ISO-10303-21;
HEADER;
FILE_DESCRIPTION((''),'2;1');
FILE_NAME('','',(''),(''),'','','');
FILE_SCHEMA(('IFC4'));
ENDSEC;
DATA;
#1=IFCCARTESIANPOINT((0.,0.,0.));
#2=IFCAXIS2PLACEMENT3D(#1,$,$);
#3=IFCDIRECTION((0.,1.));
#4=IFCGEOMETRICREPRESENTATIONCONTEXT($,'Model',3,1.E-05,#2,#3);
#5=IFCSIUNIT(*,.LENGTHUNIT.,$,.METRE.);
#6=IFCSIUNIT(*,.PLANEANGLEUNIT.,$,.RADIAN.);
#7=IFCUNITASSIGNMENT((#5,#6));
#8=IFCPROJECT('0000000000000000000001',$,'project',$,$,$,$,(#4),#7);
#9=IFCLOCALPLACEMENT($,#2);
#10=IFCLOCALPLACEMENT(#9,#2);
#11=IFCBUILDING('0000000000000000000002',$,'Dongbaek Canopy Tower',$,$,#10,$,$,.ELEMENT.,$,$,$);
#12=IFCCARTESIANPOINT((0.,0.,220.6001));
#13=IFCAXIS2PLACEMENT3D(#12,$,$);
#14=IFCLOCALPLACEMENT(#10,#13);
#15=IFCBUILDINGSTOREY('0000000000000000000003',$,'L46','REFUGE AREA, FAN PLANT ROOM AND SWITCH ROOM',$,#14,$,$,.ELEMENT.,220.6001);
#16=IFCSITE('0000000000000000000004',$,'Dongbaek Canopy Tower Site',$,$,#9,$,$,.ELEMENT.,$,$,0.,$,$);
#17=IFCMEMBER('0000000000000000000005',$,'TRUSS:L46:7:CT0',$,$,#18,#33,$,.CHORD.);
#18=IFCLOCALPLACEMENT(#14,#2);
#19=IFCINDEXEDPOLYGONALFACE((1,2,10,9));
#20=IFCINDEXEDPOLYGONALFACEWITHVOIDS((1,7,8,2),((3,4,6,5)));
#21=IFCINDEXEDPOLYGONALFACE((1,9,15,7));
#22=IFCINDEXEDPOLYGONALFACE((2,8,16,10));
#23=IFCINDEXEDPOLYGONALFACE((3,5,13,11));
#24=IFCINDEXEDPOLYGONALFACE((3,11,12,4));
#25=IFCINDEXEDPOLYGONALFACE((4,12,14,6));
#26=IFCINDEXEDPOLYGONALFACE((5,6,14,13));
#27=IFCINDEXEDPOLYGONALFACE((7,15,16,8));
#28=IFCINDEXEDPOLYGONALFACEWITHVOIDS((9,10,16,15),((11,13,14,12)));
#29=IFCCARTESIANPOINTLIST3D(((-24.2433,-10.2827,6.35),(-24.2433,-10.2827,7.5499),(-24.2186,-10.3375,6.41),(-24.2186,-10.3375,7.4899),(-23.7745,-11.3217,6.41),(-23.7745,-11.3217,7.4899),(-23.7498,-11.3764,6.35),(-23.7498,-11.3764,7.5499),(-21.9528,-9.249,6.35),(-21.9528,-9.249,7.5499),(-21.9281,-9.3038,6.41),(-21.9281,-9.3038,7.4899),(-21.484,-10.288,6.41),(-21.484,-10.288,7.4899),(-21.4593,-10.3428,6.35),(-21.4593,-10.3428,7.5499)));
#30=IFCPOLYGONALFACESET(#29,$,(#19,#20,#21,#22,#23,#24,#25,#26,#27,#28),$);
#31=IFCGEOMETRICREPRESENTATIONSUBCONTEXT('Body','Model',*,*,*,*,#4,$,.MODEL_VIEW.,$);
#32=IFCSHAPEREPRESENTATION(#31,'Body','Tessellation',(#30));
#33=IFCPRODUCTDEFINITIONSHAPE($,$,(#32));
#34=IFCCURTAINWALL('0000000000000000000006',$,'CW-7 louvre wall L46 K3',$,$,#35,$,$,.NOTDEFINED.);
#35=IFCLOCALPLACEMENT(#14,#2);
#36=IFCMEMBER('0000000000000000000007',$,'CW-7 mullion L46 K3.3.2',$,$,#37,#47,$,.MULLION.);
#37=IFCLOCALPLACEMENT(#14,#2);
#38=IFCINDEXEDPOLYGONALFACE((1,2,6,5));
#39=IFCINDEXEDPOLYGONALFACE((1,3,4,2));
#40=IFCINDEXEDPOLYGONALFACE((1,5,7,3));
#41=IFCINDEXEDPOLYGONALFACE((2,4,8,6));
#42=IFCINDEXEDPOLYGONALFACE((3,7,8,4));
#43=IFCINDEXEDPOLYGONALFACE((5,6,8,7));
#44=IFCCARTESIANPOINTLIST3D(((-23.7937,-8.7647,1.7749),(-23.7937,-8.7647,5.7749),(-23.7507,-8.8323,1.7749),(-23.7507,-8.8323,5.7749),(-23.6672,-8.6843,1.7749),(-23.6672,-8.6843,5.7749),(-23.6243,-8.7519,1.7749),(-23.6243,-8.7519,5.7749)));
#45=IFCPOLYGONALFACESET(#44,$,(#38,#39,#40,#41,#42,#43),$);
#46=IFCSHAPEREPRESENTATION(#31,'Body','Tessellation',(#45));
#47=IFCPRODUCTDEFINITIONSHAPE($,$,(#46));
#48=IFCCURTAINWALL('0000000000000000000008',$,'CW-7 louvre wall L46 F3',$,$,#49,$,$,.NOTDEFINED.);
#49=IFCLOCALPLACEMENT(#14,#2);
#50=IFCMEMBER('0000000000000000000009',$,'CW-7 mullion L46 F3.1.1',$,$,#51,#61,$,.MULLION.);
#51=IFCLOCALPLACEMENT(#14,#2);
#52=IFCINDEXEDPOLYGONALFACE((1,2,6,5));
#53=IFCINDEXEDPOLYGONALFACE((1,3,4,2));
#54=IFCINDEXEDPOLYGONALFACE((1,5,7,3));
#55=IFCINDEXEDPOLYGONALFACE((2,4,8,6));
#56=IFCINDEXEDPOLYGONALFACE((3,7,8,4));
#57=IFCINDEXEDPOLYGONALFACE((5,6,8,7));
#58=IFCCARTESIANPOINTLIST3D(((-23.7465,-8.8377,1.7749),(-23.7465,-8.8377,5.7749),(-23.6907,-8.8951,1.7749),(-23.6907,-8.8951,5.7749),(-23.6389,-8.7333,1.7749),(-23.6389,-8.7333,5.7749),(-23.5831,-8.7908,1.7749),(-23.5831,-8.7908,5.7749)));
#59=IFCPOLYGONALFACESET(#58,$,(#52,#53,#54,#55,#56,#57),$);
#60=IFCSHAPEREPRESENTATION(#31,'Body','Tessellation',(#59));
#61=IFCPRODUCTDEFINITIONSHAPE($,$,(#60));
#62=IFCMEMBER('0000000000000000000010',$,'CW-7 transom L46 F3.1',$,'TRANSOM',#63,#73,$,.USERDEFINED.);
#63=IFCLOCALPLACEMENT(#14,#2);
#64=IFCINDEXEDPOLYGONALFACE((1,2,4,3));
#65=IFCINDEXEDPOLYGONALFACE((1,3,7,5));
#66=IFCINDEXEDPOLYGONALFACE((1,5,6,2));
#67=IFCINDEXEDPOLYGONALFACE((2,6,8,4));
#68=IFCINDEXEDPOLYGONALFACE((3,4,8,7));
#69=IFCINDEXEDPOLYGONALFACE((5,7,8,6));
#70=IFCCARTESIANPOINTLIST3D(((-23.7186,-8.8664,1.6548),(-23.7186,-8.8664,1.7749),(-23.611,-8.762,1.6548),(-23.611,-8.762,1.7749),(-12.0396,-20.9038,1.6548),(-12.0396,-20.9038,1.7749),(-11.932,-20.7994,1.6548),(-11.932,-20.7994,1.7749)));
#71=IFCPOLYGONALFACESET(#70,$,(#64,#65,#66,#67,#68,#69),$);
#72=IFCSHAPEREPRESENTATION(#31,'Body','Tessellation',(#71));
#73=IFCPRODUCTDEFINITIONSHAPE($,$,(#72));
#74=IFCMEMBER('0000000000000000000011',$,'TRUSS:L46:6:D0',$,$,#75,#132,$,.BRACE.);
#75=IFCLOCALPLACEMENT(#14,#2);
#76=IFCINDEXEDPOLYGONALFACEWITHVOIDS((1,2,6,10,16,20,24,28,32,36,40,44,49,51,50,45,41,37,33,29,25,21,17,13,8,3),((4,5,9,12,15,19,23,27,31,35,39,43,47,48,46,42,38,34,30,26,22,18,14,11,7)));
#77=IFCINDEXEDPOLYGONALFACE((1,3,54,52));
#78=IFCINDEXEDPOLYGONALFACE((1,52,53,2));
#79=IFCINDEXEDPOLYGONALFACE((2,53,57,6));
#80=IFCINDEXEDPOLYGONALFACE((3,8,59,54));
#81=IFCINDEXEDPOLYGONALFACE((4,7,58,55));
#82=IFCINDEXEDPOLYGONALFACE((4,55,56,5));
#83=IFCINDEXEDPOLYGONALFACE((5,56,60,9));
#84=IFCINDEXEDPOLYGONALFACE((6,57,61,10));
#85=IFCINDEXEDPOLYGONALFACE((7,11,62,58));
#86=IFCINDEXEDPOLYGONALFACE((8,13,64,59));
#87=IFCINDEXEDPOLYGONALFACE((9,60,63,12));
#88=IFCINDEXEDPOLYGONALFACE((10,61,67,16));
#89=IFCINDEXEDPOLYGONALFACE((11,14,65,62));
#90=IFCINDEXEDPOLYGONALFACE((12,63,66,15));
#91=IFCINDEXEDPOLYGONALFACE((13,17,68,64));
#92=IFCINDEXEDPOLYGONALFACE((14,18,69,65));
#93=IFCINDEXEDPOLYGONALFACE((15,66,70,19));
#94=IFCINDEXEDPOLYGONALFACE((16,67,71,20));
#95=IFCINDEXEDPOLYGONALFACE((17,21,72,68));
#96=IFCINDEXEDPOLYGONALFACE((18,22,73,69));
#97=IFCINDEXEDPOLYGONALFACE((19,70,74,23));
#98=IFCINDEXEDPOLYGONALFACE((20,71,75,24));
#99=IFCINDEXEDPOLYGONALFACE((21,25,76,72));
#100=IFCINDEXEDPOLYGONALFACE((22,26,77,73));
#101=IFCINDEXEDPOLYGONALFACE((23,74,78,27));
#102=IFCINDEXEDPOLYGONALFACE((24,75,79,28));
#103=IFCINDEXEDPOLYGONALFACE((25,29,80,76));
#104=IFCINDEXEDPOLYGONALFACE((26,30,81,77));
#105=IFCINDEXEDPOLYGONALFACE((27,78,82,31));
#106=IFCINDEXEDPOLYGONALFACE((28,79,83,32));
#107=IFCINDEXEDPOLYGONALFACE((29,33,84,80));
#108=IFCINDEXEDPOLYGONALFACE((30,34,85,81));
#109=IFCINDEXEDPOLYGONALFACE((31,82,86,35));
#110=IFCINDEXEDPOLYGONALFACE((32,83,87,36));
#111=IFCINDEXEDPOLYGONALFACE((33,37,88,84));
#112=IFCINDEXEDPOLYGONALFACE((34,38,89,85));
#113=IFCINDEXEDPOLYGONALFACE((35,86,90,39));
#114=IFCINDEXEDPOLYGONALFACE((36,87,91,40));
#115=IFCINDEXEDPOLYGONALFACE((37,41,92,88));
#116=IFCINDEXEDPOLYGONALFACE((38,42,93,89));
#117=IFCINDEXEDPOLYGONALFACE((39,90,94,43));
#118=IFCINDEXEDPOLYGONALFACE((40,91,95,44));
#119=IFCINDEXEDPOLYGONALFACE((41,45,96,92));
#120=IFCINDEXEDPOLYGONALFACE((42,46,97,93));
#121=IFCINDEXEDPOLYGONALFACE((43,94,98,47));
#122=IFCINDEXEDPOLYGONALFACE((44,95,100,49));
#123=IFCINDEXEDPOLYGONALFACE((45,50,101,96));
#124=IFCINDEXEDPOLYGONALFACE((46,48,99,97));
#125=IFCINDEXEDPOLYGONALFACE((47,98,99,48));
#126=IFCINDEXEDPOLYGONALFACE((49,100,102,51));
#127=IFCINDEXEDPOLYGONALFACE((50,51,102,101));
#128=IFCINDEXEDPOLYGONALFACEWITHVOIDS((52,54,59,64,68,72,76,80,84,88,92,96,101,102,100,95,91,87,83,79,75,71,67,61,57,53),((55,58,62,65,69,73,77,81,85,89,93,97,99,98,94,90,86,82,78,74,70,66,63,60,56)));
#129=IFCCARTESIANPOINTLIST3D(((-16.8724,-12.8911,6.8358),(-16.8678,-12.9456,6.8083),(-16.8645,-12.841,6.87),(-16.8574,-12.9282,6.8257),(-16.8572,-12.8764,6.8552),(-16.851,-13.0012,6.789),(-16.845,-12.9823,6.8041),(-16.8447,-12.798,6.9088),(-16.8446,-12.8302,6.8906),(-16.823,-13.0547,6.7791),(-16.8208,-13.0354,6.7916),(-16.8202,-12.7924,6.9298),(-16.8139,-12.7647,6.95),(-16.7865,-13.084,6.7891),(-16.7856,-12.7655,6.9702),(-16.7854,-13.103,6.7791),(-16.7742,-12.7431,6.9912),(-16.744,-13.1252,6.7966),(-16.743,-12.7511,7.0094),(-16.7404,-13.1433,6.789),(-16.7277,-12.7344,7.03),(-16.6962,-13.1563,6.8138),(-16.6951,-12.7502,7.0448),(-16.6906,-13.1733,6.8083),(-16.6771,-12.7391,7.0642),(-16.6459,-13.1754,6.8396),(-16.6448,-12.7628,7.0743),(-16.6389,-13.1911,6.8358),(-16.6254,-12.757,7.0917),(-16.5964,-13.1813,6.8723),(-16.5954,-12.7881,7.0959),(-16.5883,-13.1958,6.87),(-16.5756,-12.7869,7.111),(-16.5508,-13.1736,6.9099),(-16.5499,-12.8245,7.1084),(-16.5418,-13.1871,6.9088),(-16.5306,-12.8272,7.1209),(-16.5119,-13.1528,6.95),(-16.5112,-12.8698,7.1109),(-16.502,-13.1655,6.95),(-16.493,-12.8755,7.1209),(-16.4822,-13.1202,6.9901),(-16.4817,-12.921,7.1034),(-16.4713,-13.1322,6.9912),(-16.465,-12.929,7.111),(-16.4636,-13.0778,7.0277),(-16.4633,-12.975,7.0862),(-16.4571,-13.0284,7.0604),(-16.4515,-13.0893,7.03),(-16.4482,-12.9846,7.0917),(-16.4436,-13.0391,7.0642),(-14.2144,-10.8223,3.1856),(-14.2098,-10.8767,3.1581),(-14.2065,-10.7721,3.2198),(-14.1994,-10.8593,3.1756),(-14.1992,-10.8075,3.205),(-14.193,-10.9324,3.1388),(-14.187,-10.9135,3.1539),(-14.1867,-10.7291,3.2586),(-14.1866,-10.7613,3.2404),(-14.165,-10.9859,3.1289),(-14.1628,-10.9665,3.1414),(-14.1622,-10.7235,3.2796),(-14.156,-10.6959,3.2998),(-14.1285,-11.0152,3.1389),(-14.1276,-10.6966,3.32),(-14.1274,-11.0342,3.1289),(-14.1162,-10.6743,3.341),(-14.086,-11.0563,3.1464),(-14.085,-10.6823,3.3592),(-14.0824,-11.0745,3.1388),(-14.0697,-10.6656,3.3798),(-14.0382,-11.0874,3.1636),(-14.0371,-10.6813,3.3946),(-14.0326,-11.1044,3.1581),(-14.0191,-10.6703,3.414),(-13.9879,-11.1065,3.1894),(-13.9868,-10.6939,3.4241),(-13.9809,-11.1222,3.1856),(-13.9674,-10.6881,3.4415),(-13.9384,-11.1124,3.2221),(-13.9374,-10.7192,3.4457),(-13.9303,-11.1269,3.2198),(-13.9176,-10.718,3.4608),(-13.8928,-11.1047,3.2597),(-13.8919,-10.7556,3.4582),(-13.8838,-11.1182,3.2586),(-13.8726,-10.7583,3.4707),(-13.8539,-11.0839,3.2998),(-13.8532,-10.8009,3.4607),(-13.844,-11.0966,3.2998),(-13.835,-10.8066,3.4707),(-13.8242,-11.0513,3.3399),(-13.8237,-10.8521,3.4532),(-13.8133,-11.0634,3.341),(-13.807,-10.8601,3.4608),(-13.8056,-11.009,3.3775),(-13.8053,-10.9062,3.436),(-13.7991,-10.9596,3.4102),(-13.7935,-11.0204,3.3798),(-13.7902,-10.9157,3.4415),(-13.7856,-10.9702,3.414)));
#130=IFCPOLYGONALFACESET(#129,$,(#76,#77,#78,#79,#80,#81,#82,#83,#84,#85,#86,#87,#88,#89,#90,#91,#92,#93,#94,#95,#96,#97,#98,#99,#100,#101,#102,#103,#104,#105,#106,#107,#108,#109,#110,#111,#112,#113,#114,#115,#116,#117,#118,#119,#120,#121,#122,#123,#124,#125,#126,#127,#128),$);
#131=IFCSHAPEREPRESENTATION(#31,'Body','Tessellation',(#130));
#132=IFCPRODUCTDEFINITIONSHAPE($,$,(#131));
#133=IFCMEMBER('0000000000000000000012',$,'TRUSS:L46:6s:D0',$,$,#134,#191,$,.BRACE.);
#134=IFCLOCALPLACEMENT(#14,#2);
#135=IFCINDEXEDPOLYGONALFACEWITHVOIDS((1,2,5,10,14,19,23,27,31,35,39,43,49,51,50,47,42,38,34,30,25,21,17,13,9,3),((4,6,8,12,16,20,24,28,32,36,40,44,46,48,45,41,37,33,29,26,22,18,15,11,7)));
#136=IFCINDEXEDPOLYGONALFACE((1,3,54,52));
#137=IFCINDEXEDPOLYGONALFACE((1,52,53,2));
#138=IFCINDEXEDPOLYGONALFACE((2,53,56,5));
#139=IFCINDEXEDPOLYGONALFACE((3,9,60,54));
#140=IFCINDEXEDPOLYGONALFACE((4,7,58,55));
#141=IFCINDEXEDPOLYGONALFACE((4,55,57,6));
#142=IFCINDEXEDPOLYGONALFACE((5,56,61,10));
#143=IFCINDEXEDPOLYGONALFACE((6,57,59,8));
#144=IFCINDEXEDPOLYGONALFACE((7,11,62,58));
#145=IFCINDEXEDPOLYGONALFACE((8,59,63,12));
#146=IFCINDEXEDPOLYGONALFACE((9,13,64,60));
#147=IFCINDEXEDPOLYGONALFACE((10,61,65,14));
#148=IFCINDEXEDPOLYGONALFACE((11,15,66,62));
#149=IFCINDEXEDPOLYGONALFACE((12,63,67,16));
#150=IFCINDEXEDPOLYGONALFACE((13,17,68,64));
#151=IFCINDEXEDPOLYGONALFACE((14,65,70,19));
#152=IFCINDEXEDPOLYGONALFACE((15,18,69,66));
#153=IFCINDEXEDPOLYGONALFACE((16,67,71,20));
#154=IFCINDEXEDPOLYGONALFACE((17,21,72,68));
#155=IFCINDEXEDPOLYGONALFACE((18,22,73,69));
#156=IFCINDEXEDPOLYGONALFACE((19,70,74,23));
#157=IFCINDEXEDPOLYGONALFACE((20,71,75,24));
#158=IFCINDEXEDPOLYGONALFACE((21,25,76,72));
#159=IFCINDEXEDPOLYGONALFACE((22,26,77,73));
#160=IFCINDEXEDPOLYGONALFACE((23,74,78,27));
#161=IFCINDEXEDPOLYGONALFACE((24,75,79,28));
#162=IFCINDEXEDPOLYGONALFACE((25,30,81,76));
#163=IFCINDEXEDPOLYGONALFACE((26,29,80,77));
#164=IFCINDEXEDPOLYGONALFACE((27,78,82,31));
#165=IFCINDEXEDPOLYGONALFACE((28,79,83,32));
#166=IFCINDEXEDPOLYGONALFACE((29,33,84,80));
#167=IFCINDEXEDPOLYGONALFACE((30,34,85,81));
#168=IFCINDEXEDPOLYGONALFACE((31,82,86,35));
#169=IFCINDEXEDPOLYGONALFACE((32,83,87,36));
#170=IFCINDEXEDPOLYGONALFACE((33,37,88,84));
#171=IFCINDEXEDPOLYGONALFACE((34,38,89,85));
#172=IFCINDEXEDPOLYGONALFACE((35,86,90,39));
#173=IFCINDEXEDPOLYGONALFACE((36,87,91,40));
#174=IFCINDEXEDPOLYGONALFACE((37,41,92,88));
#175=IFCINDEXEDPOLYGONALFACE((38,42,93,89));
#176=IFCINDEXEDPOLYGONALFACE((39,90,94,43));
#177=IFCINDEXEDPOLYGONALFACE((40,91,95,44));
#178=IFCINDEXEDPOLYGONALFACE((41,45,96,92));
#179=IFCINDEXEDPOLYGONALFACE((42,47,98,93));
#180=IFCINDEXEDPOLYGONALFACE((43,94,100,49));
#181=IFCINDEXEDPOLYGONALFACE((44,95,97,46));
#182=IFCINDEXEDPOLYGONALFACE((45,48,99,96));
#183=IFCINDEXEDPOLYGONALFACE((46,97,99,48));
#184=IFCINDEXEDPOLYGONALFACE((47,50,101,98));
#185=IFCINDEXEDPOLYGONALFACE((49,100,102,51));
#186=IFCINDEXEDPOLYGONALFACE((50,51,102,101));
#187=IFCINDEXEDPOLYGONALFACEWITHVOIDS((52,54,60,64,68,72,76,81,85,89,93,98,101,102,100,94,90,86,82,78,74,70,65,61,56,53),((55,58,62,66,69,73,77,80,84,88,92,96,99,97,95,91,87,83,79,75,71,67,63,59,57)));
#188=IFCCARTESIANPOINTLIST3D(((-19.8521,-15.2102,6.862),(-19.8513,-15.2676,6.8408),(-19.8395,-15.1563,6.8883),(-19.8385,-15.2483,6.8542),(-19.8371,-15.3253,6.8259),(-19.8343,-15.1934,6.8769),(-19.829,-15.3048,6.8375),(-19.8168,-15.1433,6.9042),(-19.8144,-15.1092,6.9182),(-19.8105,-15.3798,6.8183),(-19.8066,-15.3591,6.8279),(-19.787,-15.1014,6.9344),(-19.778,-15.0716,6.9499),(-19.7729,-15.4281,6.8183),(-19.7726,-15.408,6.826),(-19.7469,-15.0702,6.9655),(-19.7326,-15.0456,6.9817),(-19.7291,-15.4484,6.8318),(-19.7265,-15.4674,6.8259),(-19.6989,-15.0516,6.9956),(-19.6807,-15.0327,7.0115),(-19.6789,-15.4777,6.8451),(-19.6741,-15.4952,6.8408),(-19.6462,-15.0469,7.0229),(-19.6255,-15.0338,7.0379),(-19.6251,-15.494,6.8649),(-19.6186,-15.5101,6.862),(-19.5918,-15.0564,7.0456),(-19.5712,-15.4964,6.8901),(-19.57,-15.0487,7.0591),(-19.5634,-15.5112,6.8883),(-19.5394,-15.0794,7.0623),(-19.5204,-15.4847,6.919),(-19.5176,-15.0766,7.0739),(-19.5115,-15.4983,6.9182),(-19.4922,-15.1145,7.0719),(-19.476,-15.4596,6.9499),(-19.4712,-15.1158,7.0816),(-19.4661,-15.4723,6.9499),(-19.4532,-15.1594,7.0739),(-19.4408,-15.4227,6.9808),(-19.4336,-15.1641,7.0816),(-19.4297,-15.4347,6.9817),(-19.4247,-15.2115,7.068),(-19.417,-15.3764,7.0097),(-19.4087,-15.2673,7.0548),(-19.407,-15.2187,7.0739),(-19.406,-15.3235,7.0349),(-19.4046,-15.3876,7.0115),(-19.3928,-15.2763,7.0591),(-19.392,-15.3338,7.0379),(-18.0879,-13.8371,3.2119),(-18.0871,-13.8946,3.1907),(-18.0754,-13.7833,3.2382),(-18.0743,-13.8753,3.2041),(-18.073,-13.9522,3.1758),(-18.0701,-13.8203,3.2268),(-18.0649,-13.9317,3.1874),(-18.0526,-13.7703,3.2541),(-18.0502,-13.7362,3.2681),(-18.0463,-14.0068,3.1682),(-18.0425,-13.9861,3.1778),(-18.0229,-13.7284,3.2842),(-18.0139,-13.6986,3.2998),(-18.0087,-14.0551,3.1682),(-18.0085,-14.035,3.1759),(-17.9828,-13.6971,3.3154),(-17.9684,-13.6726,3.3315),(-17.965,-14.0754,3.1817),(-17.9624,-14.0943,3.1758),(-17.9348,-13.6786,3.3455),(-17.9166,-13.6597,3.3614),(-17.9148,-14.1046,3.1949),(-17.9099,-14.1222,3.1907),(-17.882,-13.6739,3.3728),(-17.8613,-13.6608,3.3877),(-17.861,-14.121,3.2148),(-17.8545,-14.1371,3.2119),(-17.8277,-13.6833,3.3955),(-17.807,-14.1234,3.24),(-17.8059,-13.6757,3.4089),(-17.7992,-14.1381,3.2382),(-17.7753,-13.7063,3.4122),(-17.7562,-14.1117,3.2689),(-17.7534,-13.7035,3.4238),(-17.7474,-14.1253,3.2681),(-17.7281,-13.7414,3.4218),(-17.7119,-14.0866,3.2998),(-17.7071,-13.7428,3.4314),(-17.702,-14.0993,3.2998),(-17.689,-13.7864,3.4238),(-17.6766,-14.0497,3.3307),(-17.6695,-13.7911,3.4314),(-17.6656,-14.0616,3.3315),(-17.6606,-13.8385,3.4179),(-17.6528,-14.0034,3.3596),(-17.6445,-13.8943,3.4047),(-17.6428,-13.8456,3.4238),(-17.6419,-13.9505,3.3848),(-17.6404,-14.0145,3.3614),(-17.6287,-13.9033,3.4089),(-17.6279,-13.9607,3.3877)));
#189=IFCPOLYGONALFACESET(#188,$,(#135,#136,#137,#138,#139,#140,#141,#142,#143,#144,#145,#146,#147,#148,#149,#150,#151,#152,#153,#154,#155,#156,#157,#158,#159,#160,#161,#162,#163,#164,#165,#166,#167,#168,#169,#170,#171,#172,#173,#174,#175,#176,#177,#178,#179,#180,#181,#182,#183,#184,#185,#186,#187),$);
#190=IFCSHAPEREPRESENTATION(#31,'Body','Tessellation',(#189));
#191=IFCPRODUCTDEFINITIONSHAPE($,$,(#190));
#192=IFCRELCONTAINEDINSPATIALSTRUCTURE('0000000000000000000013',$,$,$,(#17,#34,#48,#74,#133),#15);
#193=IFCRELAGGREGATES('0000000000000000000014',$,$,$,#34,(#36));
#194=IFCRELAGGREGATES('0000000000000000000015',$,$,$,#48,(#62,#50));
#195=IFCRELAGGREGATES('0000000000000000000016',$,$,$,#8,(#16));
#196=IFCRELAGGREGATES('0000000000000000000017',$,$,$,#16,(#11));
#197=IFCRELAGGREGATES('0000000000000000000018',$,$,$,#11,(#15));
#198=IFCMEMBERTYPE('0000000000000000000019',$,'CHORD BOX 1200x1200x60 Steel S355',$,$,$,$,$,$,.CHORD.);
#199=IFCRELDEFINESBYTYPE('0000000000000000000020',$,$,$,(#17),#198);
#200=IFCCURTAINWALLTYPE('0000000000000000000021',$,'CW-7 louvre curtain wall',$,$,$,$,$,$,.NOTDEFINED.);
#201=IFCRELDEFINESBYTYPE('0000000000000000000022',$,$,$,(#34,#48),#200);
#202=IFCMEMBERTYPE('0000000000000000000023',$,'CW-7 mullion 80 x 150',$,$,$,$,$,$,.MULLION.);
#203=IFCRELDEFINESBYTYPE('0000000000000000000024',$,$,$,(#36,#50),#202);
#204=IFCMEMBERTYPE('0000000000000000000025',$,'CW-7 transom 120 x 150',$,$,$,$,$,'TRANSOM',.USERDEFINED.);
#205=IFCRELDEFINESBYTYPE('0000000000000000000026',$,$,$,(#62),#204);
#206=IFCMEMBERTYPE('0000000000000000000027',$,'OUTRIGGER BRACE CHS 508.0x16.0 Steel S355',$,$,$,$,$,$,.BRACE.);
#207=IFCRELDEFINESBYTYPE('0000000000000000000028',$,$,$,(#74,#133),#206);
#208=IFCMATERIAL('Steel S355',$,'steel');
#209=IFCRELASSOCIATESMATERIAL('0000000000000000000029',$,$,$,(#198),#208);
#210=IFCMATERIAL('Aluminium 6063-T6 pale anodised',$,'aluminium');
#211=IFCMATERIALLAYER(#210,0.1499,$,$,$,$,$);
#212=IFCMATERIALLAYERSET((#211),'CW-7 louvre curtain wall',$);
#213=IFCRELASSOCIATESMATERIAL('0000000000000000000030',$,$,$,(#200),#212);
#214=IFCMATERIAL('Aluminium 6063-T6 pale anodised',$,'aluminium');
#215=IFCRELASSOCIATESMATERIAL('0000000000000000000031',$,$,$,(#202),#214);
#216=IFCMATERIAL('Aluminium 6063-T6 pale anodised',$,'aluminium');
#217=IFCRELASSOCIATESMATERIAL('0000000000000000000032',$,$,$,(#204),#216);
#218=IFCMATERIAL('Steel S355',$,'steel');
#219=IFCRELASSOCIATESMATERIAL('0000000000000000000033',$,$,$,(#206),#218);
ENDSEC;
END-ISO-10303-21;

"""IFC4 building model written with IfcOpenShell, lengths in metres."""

from ifc_helpers import new_model, si_unit, direction, frame, origin, origin_2d, place, context, subcontext, project, spatial, rectangle, hollow_rectangle, hollow_circle, extrude, material, layer, layer_set, material_profile, profile_set, type_object, element, aggregate, save


model = new_model("IFC4")

# Units and contexts
model_context = context("Model", 3, precision=1e-05, world=origin(), true_north=direction((0.0, 1.0)))
body_context = subcontext(model_context, "Body", "Model", "MODEL_VIEW")
ifc_project = project(units=[si_unit("LENGTHUNIT", "METRE"), si_unit("PLANEANGLEUNIT", "RADIAN")], contexts=[model_context])

# Site, building, storey
site_placement = place(None, origin())
site = spatial("IfcSite", under=ifc_project, at=site_placement, Name="Dongbaek Canopy Tower Site", CompositionType="ELEMENT", RefElevation=0.0)
building_placement = place(site_placement, origin())
building = spatial("IfcBuilding", under=site, at=building_placement, Name="Dongbaek Canopy Tower", CompositionType="ELEMENT")
storey_placement = place(building_placement, frame((0.0, 0.0, 220.6001)))
storey = spatial("IfcBuildingStorey", under=building, at=storey_placement, Name="L46", Description="REFUGE AREA, FAN PLANT ROOM AND SWITCH ROOM", CompositionType="ELEMENT", Elevation=220.6001)

# Member
ifc_material_1 = material(Name="Steel S355", Category="steel")
ifc_material_profile_1 = material_profile(ifc_material_1, hollow_rectangle(XDim=1.2, YDim=1.2, WallThickness=0.0601, at=origin_2d()), Name="CHORD BOX 1200x1200x60 Steel S355")
ifc_profile_set_1 = profile_set([ifc_material_profile_1], Name="Steel S355")
member_type_1 = type_object("IfcMemberType", Name="CHORD BOX 1200x1200x60 Steel S355", PredefinedType="CHORD", material=ifc_profile_set_1)
for number, where, z_axis, x_axis, name in (
    (1, (-21.7061, -9.7959, 6.95), (-0.911481, -0.411342, 0.0), (0.411342, -0.911481, 0.0), "TRUSS:L46:7:CT0"),
):
    element("IfcMember", number, at=place(storey_placement, frame(where, z_axis=z_axis, x_axis=x_axis)), inside=storey, type_object=member_type_1, Name=name, PredefinedType="CHORD", context=body_context, shape_type="SweptSolid", body=[
        extrude(hollow_rectangle(XDim=1.2, YDim=1.2, WallThickness=0.0601, at=origin_2d()), origin(), (0.0, 0.0, 1.0), 2.5129),
    ])

# Curtain wall, member
ifc_material_2 = material(Name="Aluminium 6063-T6 pale anodised", Category="aluminium")
ifc_layer_1 = layer(ifc_material_2, 0.1499)
ifc_layer_set_1 = layer_set([ifc_layer_1], Name="CW-7 louvre curtain wall")
curtain_wall_type = type_object("IfcCurtainWallType", Name="CW-7 louvre curtain wall", PredefinedType="NOTDEFINED", material=ifc_layer_set_1)
curtain_wall_1_placement = place(storey_placement, origin())
curtain_wall_1 = element("IfcCurtainWall", 2, at=curtain_wall_1_placement, inside=storey, type_object=curtain_wall_type, Name="CW-7 louvre wall L46 K3", PredefinedType="NOTDEFINED")
ifc_material_3 = material(Name="Aluminium 6063-T6 pale anodised", Category="aluminium")
ifc_material_profile_2 = material_profile(ifc_material_3, rectangle(XDim=0.1499, YDim=0.0801, at=origin_2d()), Name="CW-7 mullion 80 x 150")
ifc_profile_set_2 = profile_set([ifc_material_profile_2], Name="Aluminium 6063-T6 pale anodised")
member_type_2 = type_object("IfcMemberType", Name="CW-7 mullion 80 x 150", PredefinedType="MULLION", material=ifc_profile_set_2)
member_1_placement = place(storey_placement, frame((-23.709, -8.7583, 1.7749), z_axis=(0.0, 0.0, 1.0), x_axis=(-0.843744, -0.536746, 0.0)))
member_1 = element("IfcMember", 3, at=member_1_placement, type_object=member_type_2, Name="CW-7 mullion L46 K3.3.2", PredefinedType="MULLION", context=body_context, shape_type="SweptSolid", body=[
    extrude(rectangle(XDim=0.1499, YDim=0.0801, at=origin_2d()), origin(), (0.0, 0.0, 1.0), 4.0),
])
aggregate(curtain_wall_1, [member_1])

# Curtain wall, members
curtain_wall_2_placement = place(storey_placement, origin())
curtain_wall_2 = element("IfcCurtainWall", 4, at=curtain_wall_2_placement, inside=storey, type_object=curtain_wall_type, Name="CW-7 louvre wall L46 F3", PredefinedType="NOTDEFINED")
member_2_placement = place(storey_placement, frame((-23.6648, -8.8142, 1.7749), z_axis=(0.0, 0.0, 1.0), x_axis=(-0.717708, -0.696344, 0.0)))
member_2 = element("IfcMember", 5, at=member_2_placement, type_object=member_type_2, Name="CW-7 mullion L46 F3.1.1", PredefinedType="MULLION", context=body_context, shape_type="SweptSolid", body=[
    extrude(rectangle(XDim=0.1499, YDim=0.0801, at=origin_2d()), origin(), (0.0, 0.0, 1.0), 4.0),
])
ifc_material_4 = material(Name="Aluminium 6063-T6 pale anodised", Category="aluminium")
ifc_material_profile_3 = material_profile(ifc_material_4, rectangle(XDim=0.1499, YDim=0.1201, at=origin_2d()), Name="CW-7 transom 120 x 150")
ifc_profile_set_3 = profile_set([ifc_material_profile_3], Name="Aluminium 6063-T6 pale anodised")
member_type_3 = type_object("IfcMemberType", Name="CW-7 transom 120 x 150", ElementType="TRANSOM", PredefinedType="USERDEFINED", material=ifc_profile_set_3)
member_3_placement = place(storey_placement, frame((-23.6648, -8.8142, 1.7148), z_axis=(0.696342, -0.717711, 0.0), x_axis=(0.717711, 0.696342, 0.0)))
member_3 = element("IfcMember", 6, at=member_3_placement, type_object=member_type_3, Name="CW-7 transom L46 F3.1", ObjectType="TRANSOM", PredefinedType="USERDEFINED", context=body_context, shape_type="SweptSolid", body=[
    extrude(rectangle(XDim=0.1499, YDim=0.1201, at=origin_2d()), origin(), (0.0, 0.0, 1.0), 16.772),
])

# Members
ifc_material_5 = material(Name="Steel S355", Category="steel")
ifc_material_profile_4 = material_profile(ifc_material_5, hollow_circle(Radius=0.2539, WallThickness=0.0161, at=origin_2d()), Name="OUTRIGGER BRACE CHS 508.0x16.0 Steel S355")
ifc_profile_set_4 = profile_set([ifc_material_profile_4], Name="Steel S355")
member_type_4 = type_object("IfcMemberType", Name="OUTRIGGER BRACE CHS 508.0x16.0 Steel S355", PredefinedType="BRACE", material=ifc_profile_set_4)
member_4_placement = place(storey_placement, frame((-14.0, -10.8962, 3.2998), z_axis=(-0.535152, -0.416541, 0.734919), x_axis=(0.614227, -0.78913, 0.0)))
element("IfcMember", 7, at=member_4_placement, inside=storey, type_object=member_type_4, Name="TRUSS:L46:6:D0", PredefinedType="BRACE", context=body_context, shape_type="SweptSolid", body=[
    extrude(hollow_circle(Radius=0.2539, WallThickness=0.0161, at=origin_2d()), origin(), (0.0, 0.0, 1.0), 4.9668),
])
member_5_placement = place(storey_placement, frame((-17.8579, -13.8989, 3.2998), z_axis=(-0.412157, -0.320782, 0.852775), x_axis=(0.614198, -0.789152, 0.0)))
element("IfcMember", 8, at=member_5_placement, inside=storey, type_object=member_type_4, Name="TRUSS:L46:6s:D0", PredefinedType="BRACE", context=body_context, shape_type="SweptSolid", body=[
    extrude(hollow_circle(Radius=0.2539, WallThickness=0.0161, at=origin_2d()), origin(), (0.0, 0.0, 1.0), 4.2803),
])

aggregate(curtain_wall_2, [member_3, member_2])

save(model, "model.ifc")
